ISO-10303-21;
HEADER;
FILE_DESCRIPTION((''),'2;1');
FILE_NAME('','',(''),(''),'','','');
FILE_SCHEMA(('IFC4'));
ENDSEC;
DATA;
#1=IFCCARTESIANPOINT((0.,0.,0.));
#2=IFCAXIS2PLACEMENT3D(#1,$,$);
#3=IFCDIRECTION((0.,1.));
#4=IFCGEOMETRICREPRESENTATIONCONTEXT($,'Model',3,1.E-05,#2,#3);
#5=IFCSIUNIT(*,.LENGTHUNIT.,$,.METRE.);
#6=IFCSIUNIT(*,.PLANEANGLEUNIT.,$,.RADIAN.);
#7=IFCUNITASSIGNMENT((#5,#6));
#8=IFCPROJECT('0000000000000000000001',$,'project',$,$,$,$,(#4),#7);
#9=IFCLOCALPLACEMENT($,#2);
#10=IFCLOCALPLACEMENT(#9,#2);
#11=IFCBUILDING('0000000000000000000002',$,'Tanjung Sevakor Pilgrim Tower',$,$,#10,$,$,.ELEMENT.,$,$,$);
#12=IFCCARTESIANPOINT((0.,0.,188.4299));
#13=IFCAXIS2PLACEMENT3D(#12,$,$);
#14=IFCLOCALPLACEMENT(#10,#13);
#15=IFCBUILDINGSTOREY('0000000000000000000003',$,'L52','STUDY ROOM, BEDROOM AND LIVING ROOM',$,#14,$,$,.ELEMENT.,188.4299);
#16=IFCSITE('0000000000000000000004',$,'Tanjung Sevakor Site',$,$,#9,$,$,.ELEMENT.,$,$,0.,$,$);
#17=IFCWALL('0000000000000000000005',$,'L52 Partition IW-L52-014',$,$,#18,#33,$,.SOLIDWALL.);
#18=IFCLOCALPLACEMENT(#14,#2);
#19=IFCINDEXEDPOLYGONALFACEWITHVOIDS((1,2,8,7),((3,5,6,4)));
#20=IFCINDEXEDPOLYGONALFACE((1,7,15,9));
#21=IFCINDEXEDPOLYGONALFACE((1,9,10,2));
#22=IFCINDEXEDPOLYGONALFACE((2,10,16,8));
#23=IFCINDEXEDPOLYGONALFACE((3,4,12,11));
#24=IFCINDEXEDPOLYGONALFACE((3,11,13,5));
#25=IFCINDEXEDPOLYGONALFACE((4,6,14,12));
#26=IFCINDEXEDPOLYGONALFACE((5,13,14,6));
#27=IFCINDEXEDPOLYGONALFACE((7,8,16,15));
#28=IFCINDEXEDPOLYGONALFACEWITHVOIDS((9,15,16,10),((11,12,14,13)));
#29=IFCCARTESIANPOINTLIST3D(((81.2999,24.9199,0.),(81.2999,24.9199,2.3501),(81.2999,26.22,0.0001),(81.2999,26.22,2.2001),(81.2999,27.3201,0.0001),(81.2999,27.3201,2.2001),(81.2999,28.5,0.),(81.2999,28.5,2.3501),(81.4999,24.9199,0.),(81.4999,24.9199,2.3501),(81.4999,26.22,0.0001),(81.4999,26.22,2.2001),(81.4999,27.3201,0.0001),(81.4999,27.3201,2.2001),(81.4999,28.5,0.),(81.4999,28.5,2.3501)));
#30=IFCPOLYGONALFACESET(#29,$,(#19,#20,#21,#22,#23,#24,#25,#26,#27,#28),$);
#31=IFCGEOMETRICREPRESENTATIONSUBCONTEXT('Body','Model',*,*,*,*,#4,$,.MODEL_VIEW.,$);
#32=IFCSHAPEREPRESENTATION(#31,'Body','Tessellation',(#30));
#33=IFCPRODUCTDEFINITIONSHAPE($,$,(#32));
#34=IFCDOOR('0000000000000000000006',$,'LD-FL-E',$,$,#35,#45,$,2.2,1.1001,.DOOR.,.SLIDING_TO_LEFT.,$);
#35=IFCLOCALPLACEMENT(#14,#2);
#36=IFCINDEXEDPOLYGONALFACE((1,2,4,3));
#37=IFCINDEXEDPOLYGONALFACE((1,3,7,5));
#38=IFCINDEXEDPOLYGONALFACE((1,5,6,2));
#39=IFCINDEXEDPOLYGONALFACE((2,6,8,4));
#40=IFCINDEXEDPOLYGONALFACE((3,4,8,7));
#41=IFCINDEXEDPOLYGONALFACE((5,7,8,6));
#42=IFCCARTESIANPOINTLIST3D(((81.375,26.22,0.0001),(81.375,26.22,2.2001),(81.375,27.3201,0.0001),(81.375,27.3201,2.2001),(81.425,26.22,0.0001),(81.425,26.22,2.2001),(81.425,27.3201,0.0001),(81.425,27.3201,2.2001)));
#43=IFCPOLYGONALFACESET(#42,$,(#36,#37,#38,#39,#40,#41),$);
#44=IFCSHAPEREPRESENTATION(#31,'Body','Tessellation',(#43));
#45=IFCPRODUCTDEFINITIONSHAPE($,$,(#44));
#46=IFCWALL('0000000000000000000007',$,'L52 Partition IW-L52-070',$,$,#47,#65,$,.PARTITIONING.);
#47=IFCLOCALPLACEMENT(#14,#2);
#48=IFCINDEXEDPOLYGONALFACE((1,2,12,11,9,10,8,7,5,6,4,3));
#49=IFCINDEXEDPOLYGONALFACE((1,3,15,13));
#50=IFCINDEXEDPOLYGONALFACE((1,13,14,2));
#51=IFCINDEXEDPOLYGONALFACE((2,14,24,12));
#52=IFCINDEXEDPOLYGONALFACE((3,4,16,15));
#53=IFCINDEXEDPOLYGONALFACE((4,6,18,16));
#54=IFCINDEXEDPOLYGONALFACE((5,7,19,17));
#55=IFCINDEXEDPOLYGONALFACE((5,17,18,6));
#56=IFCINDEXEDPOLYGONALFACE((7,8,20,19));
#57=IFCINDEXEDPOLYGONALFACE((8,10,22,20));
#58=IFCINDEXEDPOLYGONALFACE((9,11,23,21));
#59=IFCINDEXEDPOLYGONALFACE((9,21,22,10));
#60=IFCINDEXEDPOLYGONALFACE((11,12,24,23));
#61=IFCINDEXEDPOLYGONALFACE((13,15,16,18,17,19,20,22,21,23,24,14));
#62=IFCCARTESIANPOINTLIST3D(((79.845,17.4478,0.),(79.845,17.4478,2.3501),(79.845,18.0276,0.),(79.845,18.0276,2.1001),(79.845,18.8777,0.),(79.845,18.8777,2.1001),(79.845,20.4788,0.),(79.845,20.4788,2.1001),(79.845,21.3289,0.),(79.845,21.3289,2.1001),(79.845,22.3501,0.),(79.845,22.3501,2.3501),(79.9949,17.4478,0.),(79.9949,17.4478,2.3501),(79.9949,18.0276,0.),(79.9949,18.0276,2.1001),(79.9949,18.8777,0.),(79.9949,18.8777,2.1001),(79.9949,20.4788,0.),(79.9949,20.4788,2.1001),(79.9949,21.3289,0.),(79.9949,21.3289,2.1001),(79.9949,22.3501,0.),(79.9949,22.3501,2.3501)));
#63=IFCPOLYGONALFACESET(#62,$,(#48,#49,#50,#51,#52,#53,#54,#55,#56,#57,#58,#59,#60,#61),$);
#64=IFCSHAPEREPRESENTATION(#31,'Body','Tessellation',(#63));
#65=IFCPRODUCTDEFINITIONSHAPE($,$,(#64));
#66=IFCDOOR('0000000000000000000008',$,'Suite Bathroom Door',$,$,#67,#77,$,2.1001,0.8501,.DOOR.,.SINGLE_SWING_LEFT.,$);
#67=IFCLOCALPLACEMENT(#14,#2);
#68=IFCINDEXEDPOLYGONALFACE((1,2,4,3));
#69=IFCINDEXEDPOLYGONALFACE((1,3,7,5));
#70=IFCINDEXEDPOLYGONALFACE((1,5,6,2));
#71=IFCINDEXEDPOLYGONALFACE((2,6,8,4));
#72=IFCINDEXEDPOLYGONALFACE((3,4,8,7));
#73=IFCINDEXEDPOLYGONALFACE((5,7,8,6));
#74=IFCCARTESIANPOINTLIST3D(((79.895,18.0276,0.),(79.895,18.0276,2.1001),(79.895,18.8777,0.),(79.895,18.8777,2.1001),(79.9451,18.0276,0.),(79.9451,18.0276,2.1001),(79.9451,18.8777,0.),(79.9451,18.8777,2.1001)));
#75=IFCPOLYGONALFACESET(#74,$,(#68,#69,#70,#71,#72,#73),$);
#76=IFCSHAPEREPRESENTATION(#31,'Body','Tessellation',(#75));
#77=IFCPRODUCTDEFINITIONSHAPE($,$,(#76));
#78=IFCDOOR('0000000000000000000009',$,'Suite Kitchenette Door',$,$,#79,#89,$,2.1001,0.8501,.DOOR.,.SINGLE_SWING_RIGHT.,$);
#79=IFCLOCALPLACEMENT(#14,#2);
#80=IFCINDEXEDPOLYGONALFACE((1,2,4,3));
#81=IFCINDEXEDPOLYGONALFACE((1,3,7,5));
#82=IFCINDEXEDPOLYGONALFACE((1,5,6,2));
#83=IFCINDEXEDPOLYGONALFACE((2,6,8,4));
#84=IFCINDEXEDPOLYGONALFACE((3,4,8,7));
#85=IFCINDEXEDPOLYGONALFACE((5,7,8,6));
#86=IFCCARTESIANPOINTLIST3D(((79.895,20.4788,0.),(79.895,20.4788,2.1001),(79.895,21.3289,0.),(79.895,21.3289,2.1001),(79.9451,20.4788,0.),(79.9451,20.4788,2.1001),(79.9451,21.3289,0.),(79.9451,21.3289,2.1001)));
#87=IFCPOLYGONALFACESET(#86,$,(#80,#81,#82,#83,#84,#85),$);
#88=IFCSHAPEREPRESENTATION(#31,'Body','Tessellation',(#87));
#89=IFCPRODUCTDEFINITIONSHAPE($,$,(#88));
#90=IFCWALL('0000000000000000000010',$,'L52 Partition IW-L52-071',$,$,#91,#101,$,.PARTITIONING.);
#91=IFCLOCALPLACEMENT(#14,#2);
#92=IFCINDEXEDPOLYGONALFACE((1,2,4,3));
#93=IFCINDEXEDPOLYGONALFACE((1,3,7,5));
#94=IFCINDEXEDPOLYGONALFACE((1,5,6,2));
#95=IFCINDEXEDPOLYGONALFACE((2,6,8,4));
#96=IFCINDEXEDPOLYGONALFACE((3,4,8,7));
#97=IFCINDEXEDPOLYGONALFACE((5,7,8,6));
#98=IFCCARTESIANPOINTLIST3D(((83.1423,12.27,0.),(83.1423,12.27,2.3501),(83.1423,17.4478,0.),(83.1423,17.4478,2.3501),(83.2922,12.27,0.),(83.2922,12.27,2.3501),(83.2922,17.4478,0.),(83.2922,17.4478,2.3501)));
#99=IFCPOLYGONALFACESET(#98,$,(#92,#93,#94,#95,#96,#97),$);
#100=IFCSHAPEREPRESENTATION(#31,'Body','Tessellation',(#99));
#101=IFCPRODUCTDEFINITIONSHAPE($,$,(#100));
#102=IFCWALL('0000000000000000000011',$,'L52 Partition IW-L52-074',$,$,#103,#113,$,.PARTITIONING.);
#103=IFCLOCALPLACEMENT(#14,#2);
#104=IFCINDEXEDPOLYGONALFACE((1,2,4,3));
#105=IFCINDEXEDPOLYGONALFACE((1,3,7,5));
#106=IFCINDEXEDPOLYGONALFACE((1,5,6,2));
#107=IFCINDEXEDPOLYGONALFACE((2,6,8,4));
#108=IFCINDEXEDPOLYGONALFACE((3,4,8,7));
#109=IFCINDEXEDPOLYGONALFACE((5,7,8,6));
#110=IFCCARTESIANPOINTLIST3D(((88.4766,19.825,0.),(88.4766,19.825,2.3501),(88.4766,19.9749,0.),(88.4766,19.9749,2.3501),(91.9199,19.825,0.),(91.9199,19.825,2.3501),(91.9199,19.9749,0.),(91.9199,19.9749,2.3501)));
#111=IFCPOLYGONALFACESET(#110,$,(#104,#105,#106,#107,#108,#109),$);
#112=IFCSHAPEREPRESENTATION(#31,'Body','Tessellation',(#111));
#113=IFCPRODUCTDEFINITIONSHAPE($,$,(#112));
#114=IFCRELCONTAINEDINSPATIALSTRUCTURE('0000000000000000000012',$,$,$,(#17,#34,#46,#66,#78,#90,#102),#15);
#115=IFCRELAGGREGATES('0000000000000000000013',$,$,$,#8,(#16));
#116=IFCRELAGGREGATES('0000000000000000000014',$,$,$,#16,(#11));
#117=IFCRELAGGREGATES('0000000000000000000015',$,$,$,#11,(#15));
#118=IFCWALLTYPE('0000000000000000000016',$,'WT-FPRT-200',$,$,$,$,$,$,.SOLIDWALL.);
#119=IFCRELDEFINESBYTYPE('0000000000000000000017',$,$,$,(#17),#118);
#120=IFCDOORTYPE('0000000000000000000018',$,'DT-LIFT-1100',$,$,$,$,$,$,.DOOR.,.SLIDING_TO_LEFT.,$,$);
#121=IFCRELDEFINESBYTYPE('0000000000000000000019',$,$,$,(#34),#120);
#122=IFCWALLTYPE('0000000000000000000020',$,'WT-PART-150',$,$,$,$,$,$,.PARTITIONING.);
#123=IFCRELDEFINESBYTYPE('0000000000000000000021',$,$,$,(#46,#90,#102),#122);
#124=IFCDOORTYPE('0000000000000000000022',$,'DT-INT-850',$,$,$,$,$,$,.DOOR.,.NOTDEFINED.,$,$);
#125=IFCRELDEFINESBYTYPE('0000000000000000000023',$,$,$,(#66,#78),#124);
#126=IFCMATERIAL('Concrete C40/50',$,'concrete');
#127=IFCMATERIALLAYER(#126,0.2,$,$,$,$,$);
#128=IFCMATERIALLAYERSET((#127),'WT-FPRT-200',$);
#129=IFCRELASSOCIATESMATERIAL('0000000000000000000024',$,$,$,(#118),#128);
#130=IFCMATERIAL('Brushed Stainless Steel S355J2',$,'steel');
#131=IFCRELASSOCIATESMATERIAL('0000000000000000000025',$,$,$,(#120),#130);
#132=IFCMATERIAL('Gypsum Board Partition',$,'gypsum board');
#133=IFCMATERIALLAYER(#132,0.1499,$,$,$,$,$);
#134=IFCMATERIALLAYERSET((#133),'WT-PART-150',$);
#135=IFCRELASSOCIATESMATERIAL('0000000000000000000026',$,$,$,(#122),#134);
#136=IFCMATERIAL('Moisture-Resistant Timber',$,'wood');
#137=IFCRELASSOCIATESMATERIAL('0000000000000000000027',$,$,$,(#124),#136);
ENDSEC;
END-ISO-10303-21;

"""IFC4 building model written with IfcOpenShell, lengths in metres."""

from ifc_helpers import new_model, si_unit, direction, frame, frame_2d, origin, place, context, subcontext, project, spatial, rectangle, extrude, material, layer, layer_set, type_object, element, fill, save


model = new_model("IFC4")

# Units and contexts
model_context = context("Model", 3, precision=1e-05, world=origin(), true_north=direction((0.0, 1.0)))
body_context = subcontext(model_context, "Body", "Model", "MODEL_VIEW")
ifc_project = project(units=[si_unit("LENGTHUNIT", "METRE"), si_unit("PLANEANGLEUNIT", "RADIAN")], contexts=[model_context])

# Site, building, storey
site_placement = place(None, origin())
site = spatial("IfcSite", under=ifc_project, at=site_placement, Name="Tanjung Sevakor Site", CompositionType="ELEMENT", RefElevation=0.0)
building_placement = place(site_placement, origin())
building = spatial("IfcBuilding", under=site, at=building_placement, Name="Tanjung Sevakor Pilgrim Tower", CompositionType="ELEMENT")
storey_placement = place(building_placement, frame((0.0, 0.0, 188.4299)))
storey = spatial("IfcBuildingStorey", under=building, at=storey_placement, Name="L52", Description="STUDY ROOM, BEDROOM AND LIVING ROOM", CompositionType="ELEMENT", Elevation=188.4299)

# Wall, opening, door
ifc_material_1 = material(Name="Concrete C40/50", Category="concrete")
ifc_layer_1 = layer(ifc_material_1, 0.2)
ifc_layer_set_1 = layer_set([ifc_layer_1], Name="WT-FPRT-200")
wall_type_1 = type_object("IfcWallType", Name="WT-FPRT-200", PredefinedType="SOLIDWALL", material=ifc_layer_set_1)
wall_1_placement = place(storey_placement, frame((81.3999, 24.9199, 0.0), z_axis=(0.0, 0.0, 1.0), x_axis=(0.0, 1.0, 0.0)))
wall_1 = element("IfcWall", 1, at=wall_1_placement, inside=storey, type_object=wall_type_1, Name="L52 Partition IW-L52-014", PredefinedType="SOLIDWALL", context=body_context, shape_type="SweptSolid", body=[
    extrude(rectangle(XDim=3.5801, YDim=0.2, at=frame_2d((1.79, 0.0))), origin(), (0.0, 0.0, 1.0), 2.3501),
])
opening_1_placement = place(wall_1_placement, frame((1.3, 0.0, 0.0)))
opening_1 = element("IfcOpeningElement", 2, at=opening_1_placement, cuts=wall_1, PredefinedType="OPENING", context=body_context, shape_type="SweptSolid", body=[
    extrude(rectangle(XDim=1.1001, YDim=2.2, at=frame_2d((0.55, 1.1001))), frame((0.0, 0.1099, 0.0), z_axis=(0.0, -1.0, 0.0), x_axis=(1.0, 0.0, 0.0)), (0.0, 0.0, 1.0), 0.22),
])
ifc_material_2 = material(Name="Brushed Stainless Steel S355J2", Category="steel")
door_type_1 = type_object("IfcDoorType", Name="DT-LIFT-1100", OperationType="SLIDING_TO_LEFT", PredefinedType="DOOR", material=ifc_material_2)
door_1_placement = place(opening_1_placement, origin())
door_1 = element("IfcDoor", 3, at=door_1_placement, inside=storey, type_object=door_type_1, Name="LD-FL-E", OperationType="SLIDING_TO_LEFT", OverallHeight=2.2, OverallWidth=1.1001, PredefinedType="DOOR", context=body_context, shape_type="SweptSolid", body=[
    extrude(rectangle(XDim=1.1001, YDim=2.2, at=frame_2d((0.55, 1.1001))), frame((0.0, 0.0249, 0.0), z_axis=(0.0, -1.0, 0.0), x_axis=(1.0, 0.0, 0.0)), (0.0, 0.0, 1.0), 0.05),
])
fill(opening_1, door_1)

# Wall, openings, doors
ifc_material_3 = material(Name="Gypsum Board Partition", Category="gypsum board")
ifc_layer_2 = layer(ifc_material_3, 0.1499)
ifc_layer_set_2 = layer_set([ifc_layer_2], Name="WT-PART-150")
wall_type_2 = type_object("IfcWallType", Name="WT-PART-150", PredefinedType="PARTITIONING", material=ifc_layer_set_2)
wall_2_placement = place(storey_placement, frame((79.9199, 17.4478, 0.0), z_axis=(0.0, 0.0, 1.0), x_axis=(0.0, 1.0, 0.0)))
wall_2 = element("IfcWall", 4, at=wall_2_placement, inside=storey, type_object=wall_type_2, Name="L52 Partition IW-L52-070", PredefinedType="PARTITIONING", context=body_context, shape_type="SweptSolid", body=[
    extrude(rectangle(XDim=4.9023, YDim=0.1499, at=frame_2d((2.4512, 0.0))), origin(), (0.0, 0.0, 1.0), 2.3501),
])
opening_2_placement = place(wall_2_placement, frame((0.5798, 0.0, 0.0)))
opening_2 = element("IfcOpeningElement", 5, at=opening_2_placement, cuts=wall_2, PredefinedType="OPENING", context=body_context, shape_type="SweptSolid", body=[
    extrude(rectangle(XDim=0.8501, YDim=2.1001, at=frame_2d((0.425, 1.05))), frame((0.0, 0.085, 0.0), z_axis=(0.0, -1.0, 0.0), x_axis=(1.0, 0.0, 0.0)), (0.0, 0.0, 1.0), 0.1699),
])
opening_3_placement = place(wall_2_placement, frame((3.031, 0.0, 0.0)))
opening_3 = element("IfcOpeningElement", 6, at=opening_3_placement, cuts=wall_2, PredefinedType="OPENING", context=body_context, shape_type="SweptSolid", body=[
    extrude(rectangle(XDim=0.8501, YDim=2.1001, at=frame_2d((0.425, 1.05))), frame((0.0, 0.085, 0.0), z_axis=(0.0, -1.0, 0.0), x_axis=(1.0, 0.0, 0.0)), (0.0, 0.0, 1.0), 0.1699),
])
ifc_material_4 = material(Name="Moisture-Resistant Timber", Category="wood")
door_type_2 = type_object("IfcDoorType", Name="DT-INT-850", OperationType="NOTDEFINED", PredefinedType="DOOR", material=ifc_material_4)
door_2_placement = place(opening_2_placement, origin())
door_2 = element("IfcDoor", 7, at=door_2_placement, inside=storey, type_object=door_type_2, Name="Suite Bathroom Door", OperationType="SINGLE_SWING_LEFT", OverallHeight=2.1001, OverallWidth=0.8501, PredefinedType="DOOR", context=body_context, shape_type="SweptSolid", body=[
    extrude(rectangle(XDim=0.8501, YDim=2.1001, at=frame_2d((0.425, 1.05))), frame((0.0, 0.0249, 0.0), z_axis=(0.0, -1.0, 0.0), x_axis=(1.0, 0.0, 0.0)), (0.0, 0.0, 1.0), 0.05),
])
fill(opening_2, door_2)
door_3_placement = place(opening_3_placement, origin())
door_3 = element("IfcDoor", 8, at=door_3_placement, inside=storey, type_object=door_type_2, Name="Suite Kitchenette Door", OperationType="SINGLE_SWING_RIGHT", OverallHeight=2.1001, OverallWidth=0.8501, PredefinedType="DOOR", context=body_context, shape_type="SweptSolid", body=[
    extrude(rectangle(XDim=0.8501, YDim=2.1001, at=frame_2d((0.425, 1.05))), frame((0.0, 0.0249, 0.0), z_axis=(0.0, -1.0, 0.0), x_axis=(1.0, 0.0, 0.0)), (0.0, 0.0, 1.0), 0.05),
])
fill(opening_3, door_3)

# Walls
wall_3_placement = place(storey_placement, frame((83.2173, 12.27, 0.0), z_axis=(0.0, 0.0, 1.0), x_axis=(0.0, 1.0, 0.0)))
element("IfcWall", 9, at=wall_3_placement, inside=storey, type_object=wall_type_2, Name="L52 Partition IW-L52-071", PredefinedType="PARTITIONING", context=body_context, shape_type="SweptSolid", body=[
    extrude(rectangle(XDim=5.1777, YDim=0.1499, at=frame_2d((2.5889, 0.0))), origin(), (0.0, 0.0, 1.0), 2.3501),
])
wall_4_placement = place(storey_placement, frame((88.4766, 19.8999, 0.0), z_axis=(0.0, 0.0, 1.0), x_axis=(1.0, 0.0, 0.0)))
element("IfcWall", 10, at=wall_4_placement, inside=storey, type_object=wall_type_2, Name="L52 Partition IW-L52-074", PredefinedType="PARTITIONING", context=body_context, shape_type="SweptSolid", body=[
    extrude(rectangle(XDim=3.4434, YDim=0.1499, at=frame_2d((1.7217, 0.0))), origin(), (0.0, 0.0, 1.0), 2.3501),
])

save(model, "model.ifc")
